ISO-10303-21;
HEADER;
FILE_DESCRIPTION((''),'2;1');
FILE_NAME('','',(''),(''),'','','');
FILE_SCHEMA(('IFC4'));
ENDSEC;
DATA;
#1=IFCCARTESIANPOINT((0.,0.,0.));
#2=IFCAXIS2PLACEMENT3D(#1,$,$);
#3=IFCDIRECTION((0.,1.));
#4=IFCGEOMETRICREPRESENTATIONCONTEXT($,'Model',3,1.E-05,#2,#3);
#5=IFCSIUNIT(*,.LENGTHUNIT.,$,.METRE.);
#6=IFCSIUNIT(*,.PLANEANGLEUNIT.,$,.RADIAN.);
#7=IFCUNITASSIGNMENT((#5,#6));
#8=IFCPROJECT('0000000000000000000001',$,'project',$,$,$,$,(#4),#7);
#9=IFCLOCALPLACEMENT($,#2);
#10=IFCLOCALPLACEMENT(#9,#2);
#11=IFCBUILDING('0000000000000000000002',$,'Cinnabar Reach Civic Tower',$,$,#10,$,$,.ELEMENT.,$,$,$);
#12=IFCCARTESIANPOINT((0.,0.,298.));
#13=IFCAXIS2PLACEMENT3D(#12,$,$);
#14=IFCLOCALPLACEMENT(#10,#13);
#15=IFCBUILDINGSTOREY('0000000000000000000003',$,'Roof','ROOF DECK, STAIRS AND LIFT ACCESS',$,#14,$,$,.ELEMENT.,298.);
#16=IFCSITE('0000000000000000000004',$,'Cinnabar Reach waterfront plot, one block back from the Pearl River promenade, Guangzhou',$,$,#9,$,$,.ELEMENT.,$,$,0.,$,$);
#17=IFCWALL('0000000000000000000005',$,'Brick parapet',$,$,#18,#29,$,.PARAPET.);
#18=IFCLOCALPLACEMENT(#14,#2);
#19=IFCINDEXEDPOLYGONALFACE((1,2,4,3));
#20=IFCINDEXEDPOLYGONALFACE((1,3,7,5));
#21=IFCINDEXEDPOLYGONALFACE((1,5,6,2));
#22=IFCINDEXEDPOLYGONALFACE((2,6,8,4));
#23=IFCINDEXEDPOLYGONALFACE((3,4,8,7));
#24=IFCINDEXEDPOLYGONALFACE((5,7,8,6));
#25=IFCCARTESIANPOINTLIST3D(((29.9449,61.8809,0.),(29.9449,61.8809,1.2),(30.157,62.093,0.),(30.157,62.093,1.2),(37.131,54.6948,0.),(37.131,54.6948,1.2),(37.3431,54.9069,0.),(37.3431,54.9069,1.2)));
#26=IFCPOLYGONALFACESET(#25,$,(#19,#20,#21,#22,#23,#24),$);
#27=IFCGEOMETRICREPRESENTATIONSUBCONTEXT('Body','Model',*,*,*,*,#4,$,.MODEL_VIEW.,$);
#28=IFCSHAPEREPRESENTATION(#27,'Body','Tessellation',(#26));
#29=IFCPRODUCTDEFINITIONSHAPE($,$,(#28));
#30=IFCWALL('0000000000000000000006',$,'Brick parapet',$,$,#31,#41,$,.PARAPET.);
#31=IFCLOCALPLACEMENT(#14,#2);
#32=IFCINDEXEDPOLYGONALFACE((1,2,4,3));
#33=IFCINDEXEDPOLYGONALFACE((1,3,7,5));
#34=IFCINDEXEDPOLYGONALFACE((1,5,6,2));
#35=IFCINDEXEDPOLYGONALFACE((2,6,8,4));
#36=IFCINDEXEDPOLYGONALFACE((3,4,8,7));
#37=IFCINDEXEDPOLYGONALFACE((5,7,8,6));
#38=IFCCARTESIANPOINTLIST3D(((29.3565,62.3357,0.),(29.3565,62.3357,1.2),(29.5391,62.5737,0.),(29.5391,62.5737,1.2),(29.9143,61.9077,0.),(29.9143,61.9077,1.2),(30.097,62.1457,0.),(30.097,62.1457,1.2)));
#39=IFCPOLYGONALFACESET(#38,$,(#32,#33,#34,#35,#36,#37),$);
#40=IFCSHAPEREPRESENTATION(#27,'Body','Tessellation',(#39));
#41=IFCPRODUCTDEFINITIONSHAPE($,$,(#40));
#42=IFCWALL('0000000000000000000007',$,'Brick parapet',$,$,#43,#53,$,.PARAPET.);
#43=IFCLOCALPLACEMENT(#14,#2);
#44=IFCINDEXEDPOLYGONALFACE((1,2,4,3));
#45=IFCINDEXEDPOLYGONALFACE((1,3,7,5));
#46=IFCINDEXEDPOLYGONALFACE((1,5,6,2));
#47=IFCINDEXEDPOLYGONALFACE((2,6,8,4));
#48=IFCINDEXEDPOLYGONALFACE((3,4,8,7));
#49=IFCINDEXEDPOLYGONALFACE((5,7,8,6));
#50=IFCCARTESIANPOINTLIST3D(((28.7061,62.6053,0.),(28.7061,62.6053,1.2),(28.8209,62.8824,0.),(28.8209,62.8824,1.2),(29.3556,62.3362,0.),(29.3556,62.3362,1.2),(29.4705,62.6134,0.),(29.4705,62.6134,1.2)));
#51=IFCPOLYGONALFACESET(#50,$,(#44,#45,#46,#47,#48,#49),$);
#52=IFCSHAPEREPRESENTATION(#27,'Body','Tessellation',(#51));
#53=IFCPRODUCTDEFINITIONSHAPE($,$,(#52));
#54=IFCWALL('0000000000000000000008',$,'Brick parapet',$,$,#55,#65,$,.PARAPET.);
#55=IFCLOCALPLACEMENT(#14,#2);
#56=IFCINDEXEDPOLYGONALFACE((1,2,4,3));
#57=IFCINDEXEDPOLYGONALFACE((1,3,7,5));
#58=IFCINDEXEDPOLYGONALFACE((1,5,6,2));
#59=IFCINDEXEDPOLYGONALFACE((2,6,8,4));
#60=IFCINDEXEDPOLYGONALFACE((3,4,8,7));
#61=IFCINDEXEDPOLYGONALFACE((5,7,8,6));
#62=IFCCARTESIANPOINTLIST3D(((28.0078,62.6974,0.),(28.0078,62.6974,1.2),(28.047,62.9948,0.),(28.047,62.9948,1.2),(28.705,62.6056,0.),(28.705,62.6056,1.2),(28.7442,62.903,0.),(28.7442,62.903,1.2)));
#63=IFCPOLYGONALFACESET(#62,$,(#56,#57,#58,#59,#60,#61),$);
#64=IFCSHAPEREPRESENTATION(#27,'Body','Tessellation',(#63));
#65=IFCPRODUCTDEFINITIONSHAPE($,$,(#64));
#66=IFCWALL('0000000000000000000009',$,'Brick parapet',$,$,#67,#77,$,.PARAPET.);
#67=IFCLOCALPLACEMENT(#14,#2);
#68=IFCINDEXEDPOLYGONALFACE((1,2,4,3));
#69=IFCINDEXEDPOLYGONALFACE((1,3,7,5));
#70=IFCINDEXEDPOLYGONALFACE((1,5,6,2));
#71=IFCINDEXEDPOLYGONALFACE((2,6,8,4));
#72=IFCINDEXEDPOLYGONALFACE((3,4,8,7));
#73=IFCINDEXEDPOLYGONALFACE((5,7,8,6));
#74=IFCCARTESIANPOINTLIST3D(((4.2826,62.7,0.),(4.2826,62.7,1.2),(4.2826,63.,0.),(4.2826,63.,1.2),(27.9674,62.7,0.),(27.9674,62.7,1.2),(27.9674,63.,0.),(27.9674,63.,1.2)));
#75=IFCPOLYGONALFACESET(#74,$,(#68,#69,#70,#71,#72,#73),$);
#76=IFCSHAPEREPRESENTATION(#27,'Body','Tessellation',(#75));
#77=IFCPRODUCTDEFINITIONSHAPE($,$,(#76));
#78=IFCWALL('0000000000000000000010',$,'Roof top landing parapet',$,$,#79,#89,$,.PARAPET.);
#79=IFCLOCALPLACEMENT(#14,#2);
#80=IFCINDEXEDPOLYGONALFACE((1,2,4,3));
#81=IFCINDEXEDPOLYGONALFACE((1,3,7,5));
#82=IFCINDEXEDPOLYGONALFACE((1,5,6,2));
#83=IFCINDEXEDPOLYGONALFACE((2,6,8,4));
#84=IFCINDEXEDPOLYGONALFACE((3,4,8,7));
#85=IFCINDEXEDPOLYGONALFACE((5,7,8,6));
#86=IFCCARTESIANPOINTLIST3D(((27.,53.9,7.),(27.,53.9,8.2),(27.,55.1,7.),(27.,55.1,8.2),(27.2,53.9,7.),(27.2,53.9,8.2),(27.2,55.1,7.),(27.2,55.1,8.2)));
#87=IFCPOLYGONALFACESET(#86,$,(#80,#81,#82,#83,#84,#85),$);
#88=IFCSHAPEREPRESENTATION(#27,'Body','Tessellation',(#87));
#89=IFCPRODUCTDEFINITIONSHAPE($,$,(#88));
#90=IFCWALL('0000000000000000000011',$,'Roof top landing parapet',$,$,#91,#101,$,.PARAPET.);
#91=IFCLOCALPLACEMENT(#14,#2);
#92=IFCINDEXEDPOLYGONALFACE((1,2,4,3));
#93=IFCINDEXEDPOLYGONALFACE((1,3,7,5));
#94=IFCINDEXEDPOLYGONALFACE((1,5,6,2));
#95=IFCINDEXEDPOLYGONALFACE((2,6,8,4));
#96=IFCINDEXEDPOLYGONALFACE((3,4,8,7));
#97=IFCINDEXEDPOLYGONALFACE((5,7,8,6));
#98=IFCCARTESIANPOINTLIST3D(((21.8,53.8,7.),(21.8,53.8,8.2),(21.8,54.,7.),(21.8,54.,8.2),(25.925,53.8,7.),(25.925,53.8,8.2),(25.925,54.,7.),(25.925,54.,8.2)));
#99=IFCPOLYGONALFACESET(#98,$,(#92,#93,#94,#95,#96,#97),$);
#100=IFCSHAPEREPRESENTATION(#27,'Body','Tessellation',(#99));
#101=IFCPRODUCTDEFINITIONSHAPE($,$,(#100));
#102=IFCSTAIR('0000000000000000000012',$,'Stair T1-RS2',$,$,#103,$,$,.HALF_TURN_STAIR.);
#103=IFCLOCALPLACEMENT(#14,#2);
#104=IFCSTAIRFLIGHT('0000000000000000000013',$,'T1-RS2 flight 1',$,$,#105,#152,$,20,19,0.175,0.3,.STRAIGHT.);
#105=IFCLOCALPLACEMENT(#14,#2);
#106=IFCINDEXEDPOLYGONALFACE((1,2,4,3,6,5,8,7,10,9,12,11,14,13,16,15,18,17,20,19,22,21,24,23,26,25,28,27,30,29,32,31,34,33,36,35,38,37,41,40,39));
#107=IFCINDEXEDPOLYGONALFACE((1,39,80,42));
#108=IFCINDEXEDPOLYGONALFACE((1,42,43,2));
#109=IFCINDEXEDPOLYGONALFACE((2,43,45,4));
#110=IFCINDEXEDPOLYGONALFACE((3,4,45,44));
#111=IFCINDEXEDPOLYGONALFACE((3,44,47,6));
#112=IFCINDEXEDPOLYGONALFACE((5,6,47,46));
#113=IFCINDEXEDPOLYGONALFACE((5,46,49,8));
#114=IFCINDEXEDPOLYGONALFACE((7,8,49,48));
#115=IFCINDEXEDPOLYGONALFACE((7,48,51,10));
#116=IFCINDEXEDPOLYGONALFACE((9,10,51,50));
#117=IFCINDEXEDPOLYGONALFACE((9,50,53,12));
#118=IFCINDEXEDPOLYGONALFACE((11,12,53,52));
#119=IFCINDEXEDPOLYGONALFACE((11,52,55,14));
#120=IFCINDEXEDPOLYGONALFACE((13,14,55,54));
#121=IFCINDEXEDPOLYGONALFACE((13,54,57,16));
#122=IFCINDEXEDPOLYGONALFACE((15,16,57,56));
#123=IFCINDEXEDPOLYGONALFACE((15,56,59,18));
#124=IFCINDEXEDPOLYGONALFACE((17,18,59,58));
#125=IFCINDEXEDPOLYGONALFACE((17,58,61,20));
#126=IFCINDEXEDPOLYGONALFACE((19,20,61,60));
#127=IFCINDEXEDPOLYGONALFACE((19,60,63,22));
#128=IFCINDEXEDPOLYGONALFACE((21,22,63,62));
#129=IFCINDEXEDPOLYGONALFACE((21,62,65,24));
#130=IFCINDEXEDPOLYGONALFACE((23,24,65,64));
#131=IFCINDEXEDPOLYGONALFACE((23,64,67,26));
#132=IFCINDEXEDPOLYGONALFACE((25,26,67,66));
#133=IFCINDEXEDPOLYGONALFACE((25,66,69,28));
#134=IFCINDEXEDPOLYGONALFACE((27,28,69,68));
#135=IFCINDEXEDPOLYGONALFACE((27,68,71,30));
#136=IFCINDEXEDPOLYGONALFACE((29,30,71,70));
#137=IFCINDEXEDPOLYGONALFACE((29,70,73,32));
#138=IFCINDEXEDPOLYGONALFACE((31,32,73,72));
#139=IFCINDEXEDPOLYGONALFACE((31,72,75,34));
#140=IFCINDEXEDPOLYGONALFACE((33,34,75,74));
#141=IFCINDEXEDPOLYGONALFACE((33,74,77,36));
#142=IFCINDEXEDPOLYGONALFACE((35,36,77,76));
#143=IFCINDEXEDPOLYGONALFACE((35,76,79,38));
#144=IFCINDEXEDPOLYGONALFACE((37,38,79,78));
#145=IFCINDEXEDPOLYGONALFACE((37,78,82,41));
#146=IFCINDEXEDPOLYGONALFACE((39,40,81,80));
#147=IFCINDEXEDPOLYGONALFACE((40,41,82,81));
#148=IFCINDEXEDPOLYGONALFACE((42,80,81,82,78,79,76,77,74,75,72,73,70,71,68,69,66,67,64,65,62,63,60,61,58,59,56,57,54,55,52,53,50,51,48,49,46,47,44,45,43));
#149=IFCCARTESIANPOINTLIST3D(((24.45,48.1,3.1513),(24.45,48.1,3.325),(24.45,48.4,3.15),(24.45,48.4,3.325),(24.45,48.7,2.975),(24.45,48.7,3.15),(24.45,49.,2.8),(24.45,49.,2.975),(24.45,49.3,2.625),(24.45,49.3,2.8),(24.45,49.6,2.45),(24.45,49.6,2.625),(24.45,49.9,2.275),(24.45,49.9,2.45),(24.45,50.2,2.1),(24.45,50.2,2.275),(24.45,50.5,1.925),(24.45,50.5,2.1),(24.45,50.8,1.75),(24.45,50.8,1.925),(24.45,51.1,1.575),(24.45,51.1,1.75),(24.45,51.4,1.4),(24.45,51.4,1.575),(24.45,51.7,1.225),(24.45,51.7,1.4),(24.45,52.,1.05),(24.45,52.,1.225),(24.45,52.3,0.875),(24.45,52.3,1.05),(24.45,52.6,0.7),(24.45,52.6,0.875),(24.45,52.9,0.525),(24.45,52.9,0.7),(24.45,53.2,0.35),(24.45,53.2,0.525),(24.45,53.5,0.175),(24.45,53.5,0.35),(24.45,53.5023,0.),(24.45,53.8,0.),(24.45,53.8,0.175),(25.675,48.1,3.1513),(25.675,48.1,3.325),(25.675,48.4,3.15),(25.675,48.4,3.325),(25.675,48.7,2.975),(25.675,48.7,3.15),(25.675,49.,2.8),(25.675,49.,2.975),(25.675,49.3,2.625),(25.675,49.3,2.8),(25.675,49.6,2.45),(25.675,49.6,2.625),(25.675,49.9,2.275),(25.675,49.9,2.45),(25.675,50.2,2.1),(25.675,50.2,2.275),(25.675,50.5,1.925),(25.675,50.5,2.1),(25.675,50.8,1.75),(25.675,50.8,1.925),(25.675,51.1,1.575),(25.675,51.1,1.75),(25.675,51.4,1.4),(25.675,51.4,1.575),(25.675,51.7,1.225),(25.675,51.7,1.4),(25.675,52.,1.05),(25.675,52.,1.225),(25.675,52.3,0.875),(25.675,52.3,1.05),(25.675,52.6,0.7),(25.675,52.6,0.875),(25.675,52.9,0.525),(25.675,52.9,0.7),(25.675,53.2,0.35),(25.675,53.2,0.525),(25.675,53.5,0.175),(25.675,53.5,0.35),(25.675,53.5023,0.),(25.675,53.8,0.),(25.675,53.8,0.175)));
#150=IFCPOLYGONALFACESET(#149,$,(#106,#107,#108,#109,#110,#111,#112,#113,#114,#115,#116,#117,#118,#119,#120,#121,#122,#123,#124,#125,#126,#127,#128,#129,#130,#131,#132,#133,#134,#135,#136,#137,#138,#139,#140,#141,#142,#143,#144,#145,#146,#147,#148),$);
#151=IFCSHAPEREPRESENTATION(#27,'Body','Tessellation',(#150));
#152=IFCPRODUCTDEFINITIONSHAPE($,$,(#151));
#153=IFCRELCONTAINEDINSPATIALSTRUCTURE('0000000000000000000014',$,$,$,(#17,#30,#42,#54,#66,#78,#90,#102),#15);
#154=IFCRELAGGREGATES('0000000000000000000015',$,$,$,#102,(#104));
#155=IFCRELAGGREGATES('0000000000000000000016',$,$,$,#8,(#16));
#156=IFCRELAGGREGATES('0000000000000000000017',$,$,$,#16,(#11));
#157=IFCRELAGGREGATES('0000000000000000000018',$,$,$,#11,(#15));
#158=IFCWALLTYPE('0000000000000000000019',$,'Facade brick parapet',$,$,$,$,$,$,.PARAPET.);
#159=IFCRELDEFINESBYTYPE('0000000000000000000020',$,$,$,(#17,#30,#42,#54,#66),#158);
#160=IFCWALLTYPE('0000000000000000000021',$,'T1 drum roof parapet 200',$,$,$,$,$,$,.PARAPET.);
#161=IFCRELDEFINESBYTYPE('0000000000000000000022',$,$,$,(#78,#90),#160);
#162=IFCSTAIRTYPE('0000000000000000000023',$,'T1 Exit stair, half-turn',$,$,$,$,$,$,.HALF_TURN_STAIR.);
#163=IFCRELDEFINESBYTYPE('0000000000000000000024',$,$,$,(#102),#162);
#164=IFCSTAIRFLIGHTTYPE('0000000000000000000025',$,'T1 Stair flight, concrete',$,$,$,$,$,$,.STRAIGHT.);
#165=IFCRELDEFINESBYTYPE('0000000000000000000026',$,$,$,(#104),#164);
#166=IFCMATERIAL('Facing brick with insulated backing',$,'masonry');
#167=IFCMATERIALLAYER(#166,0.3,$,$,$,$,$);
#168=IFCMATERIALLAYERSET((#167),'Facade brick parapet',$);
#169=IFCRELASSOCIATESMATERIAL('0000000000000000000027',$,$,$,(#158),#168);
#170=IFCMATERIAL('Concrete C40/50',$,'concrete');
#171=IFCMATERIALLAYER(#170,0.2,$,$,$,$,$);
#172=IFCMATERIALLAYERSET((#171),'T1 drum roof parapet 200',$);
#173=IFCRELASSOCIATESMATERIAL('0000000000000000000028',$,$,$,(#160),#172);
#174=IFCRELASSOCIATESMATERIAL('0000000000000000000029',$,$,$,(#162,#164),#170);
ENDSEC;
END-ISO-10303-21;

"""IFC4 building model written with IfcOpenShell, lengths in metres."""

from ifc_helpers import new_model, si_unit, direction, frame, frame_2d, origin, place, context, subcontext, project, spatial, polyline, rectangle, outline, extrude, material, layer, layer_set, type_object, element, aggregate, save


model = new_model("IFC4")

# Units and contexts
model_context = context("Model", 3, precision=1e-05, world=origin(), true_north=direction((0.0, 1.0)))
body_context = subcontext(model_context, "Body", "Model", "MODEL_VIEW")
ifc_project = project(units=[si_unit("LENGTHUNIT", "METRE"), si_unit("PLANEANGLEUNIT", "RADIAN")], contexts=[model_context])

# Site, building, storey
site_placement = place(None, origin())
site = spatial("IfcSite", under=ifc_project, at=site_placement, Name="Cinnabar Reach waterfront plot, one block back from the Pearl River promenade, Guangzhou", CompositionType="ELEMENT", RefElevation=0.0)
building_placement = place(site_placement, origin())
building = spatial("IfcBuilding", under=site, at=building_placement, Name="Cinnabar Reach Civic Tower", CompositionType="ELEMENT")
storey_placement = place(building_placement, frame((0.0, 0.0, 298.0)))
storey = spatial("IfcBuildingStorey", under=building, at=storey_placement, Name="Roof", Description="ROOF DECK, STAIRS AND LIFT ACCESS", CompositionType="ELEMENT", Elevation=298.0)

# Walls
ifc_material_1 = material(Name="Facing brick with insulated backing", Category="masonry")
ifc_layer_1 = layer(ifc_material_1, 0.3)
ifc_layer_set_1 = layer_set([ifc_layer_1], Name="Facade brick parapet")
wall_type_1 = type_object("IfcWallType", Name="Facade brick parapet", PredefinedType="PARAPET", material=ifc_layer_set_1)
wall_1_placement = place(storey_placement, frame((37.237, 54.8009, 0.0), z_axis=(0.0, 0.0, 1.0), x_axis=(-0.707107, 0.707107, 0.0)))
element("IfcWall", 1, at=wall_1_placement, inside=storey, type_object=wall_type_1, Name="Brick parapet", PredefinedType="PARAPET", context=body_context, shape_type="SweptSolid", body=[
    extrude(rectangle(XDim=10.1627, YDim=0.3, at=frame_2d((5.0813, 0.0))), origin(), (0.0, 0.0, 1.0), 1.2),
])
for number, where, z_axis, x_axis, name in (
    (2, (30.0056, 62.0267, 0.0), (0.0, 0.0, 1.0), (-0.793364, 0.608748, 0.0), "Brick parapet"),
    (3, (29.413, 62.4748, 0.0), (0.0, 0.0, 1.0), (-0.923866, 0.382716, 0.0), "Brick parapet"),
):
    element("IfcWall", number, at=place(storey_placement, frame(where, z_axis=z_axis, x_axis=x_axis)), inside=storey, type_object=wall_type_1, Name=name, PredefinedType="PARAPET", context=body_context, shape_type="SweptSolid", body=[
        extrude(rectangle(XDim=0.7031, YDim=0.3, at=frame_2d((0.3515, 0.0))), origin(), (0.0, 0.0, 1.0), 1.2),
    ])
wall_2_placement = place(storey_placement, frame((28.7246, 62.7543, 0.0), z_axis=(0.0, 0.0, 1.0), x_axis=(-0.991443, 0.130543, 0.0)))
element("IfcWall", 4, at=wall_2_placement, inside=storey, type_object=wall_type_1, Name="Brick parapet", PredefinedType="PARAPET", context=body_context, shape_type="SweptSolid", body=[
    extrude(rectangle(XDim=0.7032, YDim=0.3, at=frame_2d((0.3516, 0.0))), origin(), (0.0, 0.0, 1.0), 1.2),
])
wall_3_placement = place(storey_placement, frame((27.9674, 62.85, 0.0), z_axis=(0.0, 0.0, 1.0), x_axis=(-1.0, 0.0, 0.0)))
element("IfcWall", 5, at=wall_3_placement, inside=storey, type_object=wall_type_1, Name="Brick parapet", PredefinedType="PARAPET", context=body_context, shape_type="SweptSolid", body=[
    extrude(rectangle(XDim=23.6848, YDim=0.3, at=frame_2d((11.8424, 0.0))), origin(), (0.0, 0.0, 1.0), 1.2),
])
ifc_material_2 = material(Name="Concrete C40/50", Category="concrete")
ifc_layer_2 = layer(ifc_material_2, 0.2)
ifc_layer_set_2 = layer_set([ifc_layer_2], Name="T1 drum roof parapet 200")
wall_type_2 = type_object("IfcWallType", Name="T1 drum roof parapet 200", PredefinedType="PARAPET", material=ifc_layer_set_2)
wall_4_placement = place(storey_placement, frame((27.1, 55.1, 7.0), z_axis=(0.0, 0.0, 1.0), x_axis=(0.0, -1.0, 0.0)))
element("IfcWall", 6, at=wall_4_placement, inside=storey, type_object=wall_type_2, Name="Roof top landing parapet", PredefinedType="PARAPET", context=body_context, shape_type="SweptSolid", body=[
    extrude(rectangle(XDim=1.2, YDim=0.2, at=frame_2d((0.6, 0.0))), origin(), (0.0, 0.0, 1.0), 1.2),
])
wall_5_placement = place(storey_placement, frame((25.925, 53.9, 7.0), z_axis=(0.0, 0.0, 1.0), x_axis=(-1.0, 0.0, 0.0)))
element("IfcWall", 7, at=wall_5_placement, inside=storey, type_object=wall_type_2, Name="Roof top landing parapet", PredefinedType="PARAPET", context=body_context, shape_type="SweptSolid", body=[
    extrude(rectangle(XDim=4.125, YDim=0.2, at=frame_2d((2.0625, 0.0))), origin(), (0.0, 0.0, 1.0), 1.2),
])

# Stair, stair flight
stair_type = type_object("IfcStairType", Name="T1 Exit stair, half-turn", PredefinedType="HALF_TURN_STAIR", material=ifc_material_2)
stair_placement = place(storey_placement, origin())
stair = element("IfcStair", 8, at=stair_placement, inside=storey, type_object=stair_type, Name="Stair T1-RS2", PredefinedType="HALF_TURN_STAIR")
stair_flight_type = type_object("IfcStairFlightType", Name="T1 Stair flight, concrete", PredefinedType="STRAIGHT", material=ifc_material_2)
stair_flight_1_placement = place(storey_placement, frame((25.0625, 53.8, 0.0), z_axis=(0.0, 0.0, 1.0), x_axis=(0.0, -1.0, 0.0)))
stair_flight_1 = element("IfcStairFlight", 9, at=stair_flight_1_placement, type_object=stair_flight_type, Name="T1-RS2 flight 1", NumberOfRisers=20, NumberOfTreads=19, PredefinedType="STRAIGHT", RiserHeight=0.175, TreadLength=0.3, context=body_context, shape_type="SweptSolid", body=[
    extrude(outline(polyline([(0.0, 0.0), (0.0, 0.175), (0.3, 0.175), (0.3, 0.35), (0.6, 0.35), (0.6, 0.525), (0.9, 0.525), (0.9, 0.7), (1.2, 0.7), (1.2, 0.875), (1.5, 0.875), (1.5, 1.05), (1.8, 1.05), (1.8, 1.225), (2.1, 1.225), (2.1, 1.4), (2.4, 1.4), (2.4, 1.575), (2.7, 1.575), (2.7, 1.75), (3.0, 1.75), (3.0, 1.925), (3.3, 1.925), (3.3, 2.1), (3.6, 2.1), (3.6, 2.275), (3.9, 2.275), (3.9, 2.45), (4.2, 2.45), (4.2, 2.625), (4.5, 2.625), (4.5, 2.8), (4.8, 2.8), (4.8, 2.975), (5.1, 2.975), (5.1, 3.15), (5.4, 3.15), (5.4, 3.325), (5.7, 3.325), (5.7, 3.5), (5.7, 3.1513), (0.2977, 0.0), (0.0, 0.0)])), frame((0.0, 0.6125, 0.0), z_axis=(0.0, -1.0, 0.0), x_axis=(1.0, 0.0, 0.0)), (0.0, 0.0, 1.0), 1.225),
])
aggregate(stair, [stair_flight_1])

save(model, "model.ifc")
